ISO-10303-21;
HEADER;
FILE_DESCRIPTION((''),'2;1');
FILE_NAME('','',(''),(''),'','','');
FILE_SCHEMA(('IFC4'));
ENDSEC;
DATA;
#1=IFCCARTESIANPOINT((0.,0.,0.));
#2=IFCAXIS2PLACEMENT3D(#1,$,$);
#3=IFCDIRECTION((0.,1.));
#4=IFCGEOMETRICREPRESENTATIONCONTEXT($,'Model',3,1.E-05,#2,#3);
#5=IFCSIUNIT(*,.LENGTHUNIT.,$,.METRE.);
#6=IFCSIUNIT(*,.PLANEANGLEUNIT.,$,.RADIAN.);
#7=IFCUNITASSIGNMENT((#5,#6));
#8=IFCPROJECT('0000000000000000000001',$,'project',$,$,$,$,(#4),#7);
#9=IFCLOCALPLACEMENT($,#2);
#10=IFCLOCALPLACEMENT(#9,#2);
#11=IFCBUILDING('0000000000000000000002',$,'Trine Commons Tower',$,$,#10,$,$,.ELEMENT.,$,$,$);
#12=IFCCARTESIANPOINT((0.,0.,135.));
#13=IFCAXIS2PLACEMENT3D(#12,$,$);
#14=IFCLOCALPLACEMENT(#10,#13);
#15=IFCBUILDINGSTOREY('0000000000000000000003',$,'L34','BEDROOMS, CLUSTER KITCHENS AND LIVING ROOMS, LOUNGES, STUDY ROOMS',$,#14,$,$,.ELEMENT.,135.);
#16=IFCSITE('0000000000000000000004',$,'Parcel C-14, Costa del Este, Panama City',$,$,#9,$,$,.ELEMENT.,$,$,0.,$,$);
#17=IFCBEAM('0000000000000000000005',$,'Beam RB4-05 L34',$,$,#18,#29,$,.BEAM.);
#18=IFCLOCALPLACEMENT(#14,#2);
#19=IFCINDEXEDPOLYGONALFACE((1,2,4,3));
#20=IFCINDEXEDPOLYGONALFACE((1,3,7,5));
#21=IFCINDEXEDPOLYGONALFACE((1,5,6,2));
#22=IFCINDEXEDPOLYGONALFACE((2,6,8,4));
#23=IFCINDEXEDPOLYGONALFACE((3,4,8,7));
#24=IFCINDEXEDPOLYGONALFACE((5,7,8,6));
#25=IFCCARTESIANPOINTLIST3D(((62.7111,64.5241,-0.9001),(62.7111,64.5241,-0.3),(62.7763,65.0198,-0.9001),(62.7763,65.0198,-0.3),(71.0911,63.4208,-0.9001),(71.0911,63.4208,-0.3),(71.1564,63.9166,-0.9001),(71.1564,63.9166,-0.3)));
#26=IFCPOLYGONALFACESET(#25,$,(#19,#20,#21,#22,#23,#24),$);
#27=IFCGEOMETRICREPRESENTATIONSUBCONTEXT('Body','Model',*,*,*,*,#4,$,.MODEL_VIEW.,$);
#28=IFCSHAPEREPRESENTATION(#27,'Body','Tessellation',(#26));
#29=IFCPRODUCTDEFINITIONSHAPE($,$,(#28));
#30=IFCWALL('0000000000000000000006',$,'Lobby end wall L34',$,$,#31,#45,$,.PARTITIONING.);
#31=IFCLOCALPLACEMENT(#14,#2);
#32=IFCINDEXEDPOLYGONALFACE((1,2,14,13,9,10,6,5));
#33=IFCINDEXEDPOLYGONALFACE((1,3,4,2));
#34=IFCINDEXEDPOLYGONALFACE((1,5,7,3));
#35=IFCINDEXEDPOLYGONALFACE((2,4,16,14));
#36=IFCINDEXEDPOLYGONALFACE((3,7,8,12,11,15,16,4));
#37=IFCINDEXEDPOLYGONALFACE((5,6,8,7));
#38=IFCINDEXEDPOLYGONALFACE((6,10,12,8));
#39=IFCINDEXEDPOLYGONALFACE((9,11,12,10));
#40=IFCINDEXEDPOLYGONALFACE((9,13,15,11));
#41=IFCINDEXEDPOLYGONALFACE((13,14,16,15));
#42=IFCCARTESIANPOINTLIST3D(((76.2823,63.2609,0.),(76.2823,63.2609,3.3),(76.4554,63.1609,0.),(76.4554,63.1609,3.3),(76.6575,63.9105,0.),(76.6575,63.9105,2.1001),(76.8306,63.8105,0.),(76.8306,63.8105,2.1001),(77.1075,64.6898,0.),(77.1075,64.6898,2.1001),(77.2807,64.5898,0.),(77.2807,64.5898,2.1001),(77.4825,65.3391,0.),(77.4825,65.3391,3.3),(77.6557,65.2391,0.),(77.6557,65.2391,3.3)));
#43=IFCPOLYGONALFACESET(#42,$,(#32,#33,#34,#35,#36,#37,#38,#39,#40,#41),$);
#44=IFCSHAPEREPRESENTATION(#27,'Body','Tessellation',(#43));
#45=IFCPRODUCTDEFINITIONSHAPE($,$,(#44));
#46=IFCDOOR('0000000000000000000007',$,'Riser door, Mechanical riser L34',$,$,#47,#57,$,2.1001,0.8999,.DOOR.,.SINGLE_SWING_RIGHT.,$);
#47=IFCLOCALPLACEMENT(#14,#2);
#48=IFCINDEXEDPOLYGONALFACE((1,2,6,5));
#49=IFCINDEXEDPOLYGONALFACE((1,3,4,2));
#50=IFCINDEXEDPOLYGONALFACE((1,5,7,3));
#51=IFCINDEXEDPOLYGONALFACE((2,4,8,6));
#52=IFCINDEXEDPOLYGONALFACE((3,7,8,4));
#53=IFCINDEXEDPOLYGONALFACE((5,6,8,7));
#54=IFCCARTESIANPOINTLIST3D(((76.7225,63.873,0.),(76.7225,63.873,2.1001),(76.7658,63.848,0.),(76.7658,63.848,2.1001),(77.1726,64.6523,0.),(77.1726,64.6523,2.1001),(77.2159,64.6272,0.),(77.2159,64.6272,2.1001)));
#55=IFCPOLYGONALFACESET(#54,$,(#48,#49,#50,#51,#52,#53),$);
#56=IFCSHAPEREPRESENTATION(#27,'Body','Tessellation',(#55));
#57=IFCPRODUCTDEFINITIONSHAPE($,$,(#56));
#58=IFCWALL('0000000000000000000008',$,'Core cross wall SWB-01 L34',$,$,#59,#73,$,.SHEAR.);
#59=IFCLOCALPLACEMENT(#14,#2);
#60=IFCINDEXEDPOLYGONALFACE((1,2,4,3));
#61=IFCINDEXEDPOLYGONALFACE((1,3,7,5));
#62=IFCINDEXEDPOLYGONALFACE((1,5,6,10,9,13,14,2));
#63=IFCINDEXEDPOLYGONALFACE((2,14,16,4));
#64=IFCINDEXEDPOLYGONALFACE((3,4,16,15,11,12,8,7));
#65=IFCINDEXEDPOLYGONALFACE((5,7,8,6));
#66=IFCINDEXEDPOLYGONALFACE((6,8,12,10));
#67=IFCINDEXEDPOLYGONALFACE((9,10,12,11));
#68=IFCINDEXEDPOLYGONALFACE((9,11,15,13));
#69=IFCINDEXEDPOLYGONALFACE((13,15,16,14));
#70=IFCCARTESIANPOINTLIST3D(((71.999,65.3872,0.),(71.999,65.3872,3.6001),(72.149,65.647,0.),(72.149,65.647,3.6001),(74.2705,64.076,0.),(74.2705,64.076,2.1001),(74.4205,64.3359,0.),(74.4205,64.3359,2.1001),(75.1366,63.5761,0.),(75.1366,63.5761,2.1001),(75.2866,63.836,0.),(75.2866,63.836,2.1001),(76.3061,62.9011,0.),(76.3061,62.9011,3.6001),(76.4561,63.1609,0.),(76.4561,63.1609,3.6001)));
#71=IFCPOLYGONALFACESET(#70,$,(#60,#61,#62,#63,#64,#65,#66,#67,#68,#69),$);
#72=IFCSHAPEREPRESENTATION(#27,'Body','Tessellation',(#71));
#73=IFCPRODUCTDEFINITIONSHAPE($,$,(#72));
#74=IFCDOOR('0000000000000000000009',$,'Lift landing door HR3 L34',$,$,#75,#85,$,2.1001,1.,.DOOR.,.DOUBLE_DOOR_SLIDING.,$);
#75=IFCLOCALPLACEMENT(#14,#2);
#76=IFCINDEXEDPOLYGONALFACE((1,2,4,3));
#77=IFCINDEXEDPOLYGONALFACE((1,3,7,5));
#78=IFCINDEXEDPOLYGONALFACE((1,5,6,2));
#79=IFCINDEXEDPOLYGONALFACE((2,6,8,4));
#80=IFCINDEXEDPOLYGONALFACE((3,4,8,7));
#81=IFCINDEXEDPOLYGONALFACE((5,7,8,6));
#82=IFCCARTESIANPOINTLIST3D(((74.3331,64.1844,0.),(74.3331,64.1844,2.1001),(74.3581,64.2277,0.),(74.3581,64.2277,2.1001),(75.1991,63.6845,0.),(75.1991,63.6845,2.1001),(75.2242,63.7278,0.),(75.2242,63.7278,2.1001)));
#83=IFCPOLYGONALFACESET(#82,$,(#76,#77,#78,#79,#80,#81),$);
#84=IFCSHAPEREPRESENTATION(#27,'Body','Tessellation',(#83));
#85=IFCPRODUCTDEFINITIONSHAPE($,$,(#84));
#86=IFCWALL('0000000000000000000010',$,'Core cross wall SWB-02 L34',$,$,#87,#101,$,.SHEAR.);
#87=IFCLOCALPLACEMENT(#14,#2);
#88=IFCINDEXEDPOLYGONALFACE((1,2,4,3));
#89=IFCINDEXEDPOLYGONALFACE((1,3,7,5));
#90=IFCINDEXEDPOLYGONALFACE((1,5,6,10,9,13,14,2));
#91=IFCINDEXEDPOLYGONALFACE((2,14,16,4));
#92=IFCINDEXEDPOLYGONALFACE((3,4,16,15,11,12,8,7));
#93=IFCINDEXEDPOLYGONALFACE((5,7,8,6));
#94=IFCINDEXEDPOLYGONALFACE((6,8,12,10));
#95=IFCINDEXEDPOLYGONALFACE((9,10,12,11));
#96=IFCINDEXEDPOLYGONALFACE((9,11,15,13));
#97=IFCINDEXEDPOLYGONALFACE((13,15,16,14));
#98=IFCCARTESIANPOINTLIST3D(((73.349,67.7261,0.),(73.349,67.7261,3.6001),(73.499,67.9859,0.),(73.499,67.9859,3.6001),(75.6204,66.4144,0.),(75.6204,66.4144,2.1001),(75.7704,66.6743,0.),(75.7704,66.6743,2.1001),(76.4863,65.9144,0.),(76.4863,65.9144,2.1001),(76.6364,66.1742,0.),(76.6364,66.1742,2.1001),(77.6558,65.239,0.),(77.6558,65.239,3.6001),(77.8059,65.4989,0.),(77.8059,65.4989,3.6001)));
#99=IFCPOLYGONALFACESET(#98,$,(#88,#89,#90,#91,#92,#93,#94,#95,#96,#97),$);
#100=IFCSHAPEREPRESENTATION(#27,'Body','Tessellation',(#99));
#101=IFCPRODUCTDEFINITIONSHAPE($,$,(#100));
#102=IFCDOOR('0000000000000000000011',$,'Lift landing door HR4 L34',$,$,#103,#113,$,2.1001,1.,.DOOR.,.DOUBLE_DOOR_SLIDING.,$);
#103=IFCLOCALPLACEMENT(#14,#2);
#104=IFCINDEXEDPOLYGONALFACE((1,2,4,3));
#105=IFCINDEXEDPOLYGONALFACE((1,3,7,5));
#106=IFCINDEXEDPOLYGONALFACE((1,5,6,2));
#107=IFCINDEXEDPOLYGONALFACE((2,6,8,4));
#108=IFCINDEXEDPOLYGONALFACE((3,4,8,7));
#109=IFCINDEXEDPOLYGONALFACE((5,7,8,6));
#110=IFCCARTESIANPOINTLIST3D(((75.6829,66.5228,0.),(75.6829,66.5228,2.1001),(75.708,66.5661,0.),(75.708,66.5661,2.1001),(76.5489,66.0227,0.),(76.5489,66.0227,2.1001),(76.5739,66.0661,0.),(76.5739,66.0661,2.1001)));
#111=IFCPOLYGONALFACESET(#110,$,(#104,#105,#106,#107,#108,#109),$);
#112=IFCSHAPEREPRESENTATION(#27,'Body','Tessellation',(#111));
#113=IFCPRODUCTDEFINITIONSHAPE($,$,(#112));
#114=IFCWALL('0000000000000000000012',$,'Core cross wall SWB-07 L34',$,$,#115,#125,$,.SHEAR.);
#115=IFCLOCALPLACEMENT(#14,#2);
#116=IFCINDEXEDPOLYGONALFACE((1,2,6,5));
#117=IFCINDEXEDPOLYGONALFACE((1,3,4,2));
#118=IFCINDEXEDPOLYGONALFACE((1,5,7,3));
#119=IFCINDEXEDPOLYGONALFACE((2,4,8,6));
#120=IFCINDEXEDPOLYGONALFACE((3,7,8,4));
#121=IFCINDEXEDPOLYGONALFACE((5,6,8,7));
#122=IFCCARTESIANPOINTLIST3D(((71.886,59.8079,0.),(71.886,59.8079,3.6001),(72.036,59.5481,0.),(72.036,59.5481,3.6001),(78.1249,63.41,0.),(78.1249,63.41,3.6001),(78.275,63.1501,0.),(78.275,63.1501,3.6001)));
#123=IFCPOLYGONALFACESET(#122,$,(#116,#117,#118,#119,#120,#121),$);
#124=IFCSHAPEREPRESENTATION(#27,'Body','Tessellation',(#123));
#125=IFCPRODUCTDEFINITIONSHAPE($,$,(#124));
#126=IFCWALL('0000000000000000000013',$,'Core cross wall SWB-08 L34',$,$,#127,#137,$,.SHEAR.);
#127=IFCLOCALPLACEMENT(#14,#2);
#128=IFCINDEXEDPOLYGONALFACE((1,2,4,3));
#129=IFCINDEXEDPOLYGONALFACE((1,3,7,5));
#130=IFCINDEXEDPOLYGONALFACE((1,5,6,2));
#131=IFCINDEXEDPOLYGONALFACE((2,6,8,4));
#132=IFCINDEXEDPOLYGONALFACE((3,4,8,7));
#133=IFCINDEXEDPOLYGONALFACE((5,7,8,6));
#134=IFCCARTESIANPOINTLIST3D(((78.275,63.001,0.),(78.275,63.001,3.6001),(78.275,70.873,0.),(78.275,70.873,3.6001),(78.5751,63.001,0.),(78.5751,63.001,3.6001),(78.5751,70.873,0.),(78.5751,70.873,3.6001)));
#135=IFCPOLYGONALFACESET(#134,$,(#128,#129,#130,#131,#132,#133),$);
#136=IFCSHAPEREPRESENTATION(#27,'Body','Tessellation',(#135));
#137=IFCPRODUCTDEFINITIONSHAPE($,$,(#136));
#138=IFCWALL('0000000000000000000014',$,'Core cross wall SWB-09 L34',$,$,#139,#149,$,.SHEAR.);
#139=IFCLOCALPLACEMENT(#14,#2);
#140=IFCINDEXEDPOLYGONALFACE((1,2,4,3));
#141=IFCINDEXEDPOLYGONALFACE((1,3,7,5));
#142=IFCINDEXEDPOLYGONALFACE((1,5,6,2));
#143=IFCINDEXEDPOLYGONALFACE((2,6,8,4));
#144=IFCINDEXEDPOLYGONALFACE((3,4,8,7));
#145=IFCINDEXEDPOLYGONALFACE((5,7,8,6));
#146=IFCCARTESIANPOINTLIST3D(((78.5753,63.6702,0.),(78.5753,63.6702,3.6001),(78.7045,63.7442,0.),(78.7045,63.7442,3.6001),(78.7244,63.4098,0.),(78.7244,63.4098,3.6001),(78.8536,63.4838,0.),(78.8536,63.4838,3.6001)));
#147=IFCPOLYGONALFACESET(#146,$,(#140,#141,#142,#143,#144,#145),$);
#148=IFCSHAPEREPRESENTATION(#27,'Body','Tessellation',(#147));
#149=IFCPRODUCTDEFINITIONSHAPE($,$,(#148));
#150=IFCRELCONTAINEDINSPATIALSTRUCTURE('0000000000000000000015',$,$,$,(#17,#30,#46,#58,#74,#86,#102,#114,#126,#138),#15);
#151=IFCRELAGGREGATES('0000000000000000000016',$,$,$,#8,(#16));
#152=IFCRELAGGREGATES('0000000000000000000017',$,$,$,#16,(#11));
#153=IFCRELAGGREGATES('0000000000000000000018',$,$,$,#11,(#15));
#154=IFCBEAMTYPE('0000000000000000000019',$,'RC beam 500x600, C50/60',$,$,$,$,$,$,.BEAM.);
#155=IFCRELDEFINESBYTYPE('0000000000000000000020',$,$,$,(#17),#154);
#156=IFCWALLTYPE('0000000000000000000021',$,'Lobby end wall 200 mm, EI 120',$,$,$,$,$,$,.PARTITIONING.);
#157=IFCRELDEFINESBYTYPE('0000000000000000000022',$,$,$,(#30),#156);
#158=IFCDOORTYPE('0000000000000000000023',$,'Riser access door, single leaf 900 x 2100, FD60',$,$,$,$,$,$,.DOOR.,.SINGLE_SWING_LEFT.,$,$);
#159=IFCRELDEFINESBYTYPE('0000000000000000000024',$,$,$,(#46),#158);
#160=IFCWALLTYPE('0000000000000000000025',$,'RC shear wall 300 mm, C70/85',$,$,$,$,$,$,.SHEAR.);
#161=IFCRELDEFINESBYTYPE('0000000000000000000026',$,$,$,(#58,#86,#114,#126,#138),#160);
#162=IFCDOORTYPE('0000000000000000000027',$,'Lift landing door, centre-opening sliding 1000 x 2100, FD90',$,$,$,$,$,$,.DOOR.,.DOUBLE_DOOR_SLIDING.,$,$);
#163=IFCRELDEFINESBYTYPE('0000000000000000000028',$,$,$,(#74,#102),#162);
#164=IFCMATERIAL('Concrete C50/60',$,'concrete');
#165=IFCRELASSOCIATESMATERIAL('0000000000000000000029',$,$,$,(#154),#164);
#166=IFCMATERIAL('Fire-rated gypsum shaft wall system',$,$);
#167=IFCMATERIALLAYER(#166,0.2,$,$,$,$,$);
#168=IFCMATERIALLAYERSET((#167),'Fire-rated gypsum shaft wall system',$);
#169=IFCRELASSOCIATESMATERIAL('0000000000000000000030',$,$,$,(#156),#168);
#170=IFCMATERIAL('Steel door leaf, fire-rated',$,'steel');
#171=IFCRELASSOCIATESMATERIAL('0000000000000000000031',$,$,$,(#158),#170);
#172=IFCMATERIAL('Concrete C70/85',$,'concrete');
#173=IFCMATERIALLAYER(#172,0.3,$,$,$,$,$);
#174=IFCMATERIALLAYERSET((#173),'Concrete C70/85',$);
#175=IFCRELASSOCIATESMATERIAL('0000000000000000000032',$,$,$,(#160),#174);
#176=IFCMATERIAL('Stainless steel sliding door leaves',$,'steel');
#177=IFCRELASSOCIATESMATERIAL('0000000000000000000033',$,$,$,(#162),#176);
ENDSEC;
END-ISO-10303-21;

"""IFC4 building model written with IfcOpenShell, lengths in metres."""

from ifc_helpers import new_model, si_unit, direction, frame, frame_2d, origin, origin_2d, place, context, subcontext, project, spatial, rectangle, extrude, material, layer, layer_set, material_profile, profile_set, type_object, element, fill, save


model = new_model("IFC4")

# Units and contexts
model_context = context("Model", 3, precision=1e-05, world=origin(), true_north=direction((0.0, 1.0)))
body_context = subcontext(model_context, "Body", "Model", "MODEL_VIEW")
ifc_project = project(units=[si_unit("LENGTHUNIT", "METRE"), si_unit("PLANEANGLEUNIT", "RADIAN")], contexts=[model_context])

# Site, building, storey
site_placement = place(None, origin())
site = spatial("IfcSite", under=ifc_project, at=site_placement, Name="Parcel C-14, Costa del Este, Panama City", CompositionType="ELEMENT", RefElevation=0.0)
building_placement = place(site_placement, origin())
building = spatial("IfcBuilding", under=site, at=building_placement, Name="Trine Commons Tower", CompositionType="ELEMENT")
storey_placement = place(building_placement, frame((0.0, 0.0, 135.0)))
storey = spatial("IfcBuildingStorey", under=building, at=storey_placement, Name="L34", Description="BEDROOMS, CLUSTER KITCHENS AND LIVING ROOMS, LOUNGES, STUDY ROOMS", CompositionType="ELEMENT", Elevation=135.0)

# Beam
ifc_material_1 = material(Name="Concrete C50/60", Category="concrete")
ifc_material_profile = material_profile(ifc_material_1, rectangle(XDim=0.5, YDim=0.6001, at=origin_2d()), Name="RC 500x600")
ifc_profile_set = profile_set([ifc_material_profile], Name="Concrete C50/60")
beam_type = type_object("IfcBeamType", Name="RC beam 500x600, C50/60", PredefinedType="BEAM", material=ifc_profile_set)
beam_placement = place(storey_placement, frame((71.1238, 63.6687, -0.6001), z_axis=(-0.991445, 0.130527, 0.0), x_axis=(-0.130527, -0.991445, 0.0)))
element("IfcBeam", 1, at=beam_placement, inside=storey, type_object=beam_type, Name="Beam RB4-05 L34", PredefinedType="BEAM", context=body_context, shape_type="SweptSolid", body=[
    extrude(rectangle(XDim=0.5, YDim=0.6001, at=origin_2d()), origin(), (0.0, 0.0, 1.0), 8.4524),
])

# Walls, openings, doors
ifc_material_2 = material(Name="Fire-rated gypsum shaft wall system")
ifc_layer_1 = layer(ifc_material_2, 0.2)
ifc_layer_set_1 = layer_set([ifc_layer_1], Name="Fire-rated gypsum shaft wall system")
wall_type_1 = type_object("IfcWallType", Name="Lobby end wall 200 mm, EI 120", PredefinedType="PARTITIONING", material=ifc_layer_set_1)
wall_1_placement = place(storey_placement, frame((77.5691, 65.2891, 0.0), z_axis=(0.0, 0.0, 1.0), x_axis=(-0.500122, -0.865955, 0.0)))
wall_1 = element("IfcWall", 2, at=wall_1_placement, inside=storey, type_object=wall_type_1, Name="Lobby end wall L34", PredefinedType="PARTITIONING", context=body_context, shape_type="SweptSolid", body=[
    extrude(rectangle(XDim=2.3999, YDim=0.2, at=frame_2d((1.2, 0.0))), origin(), (0.0, 0.0, 1.0), 3.3),
])
opening_1_placement = place(wall_1_placement, frame((0.7498, 0.0, 0.0)))
opening_1 = element("IfcOpeningElement", 3, at=opening_1_placement, cuts=wall_1, PredefinedType="OPENING", context=body_context, shape_type="SweptSolid", body=[
    extrude(rectangle(XDim=0.8999, YDim=2.1001, at=frame_2d((0.45, 1.05))), frame((0.0, 0.1099, 0.0), z_axis=(0.0, -1.0, 0.0), x_axis=(1.0, 0.0, 0.0)), (0.0, 0.0, 1.0), 0.22),
])
ifc_material_3 = material(Name="Steel door leaf, fire-rated", Category="steel")
door_type_1 = type_object("IfcDoorType", Name="Riser access door, single leaf 900 x 2100, FD60", OperationType="SINGLE_SWING_LEFT", PredefinedType="DOOR", material=ifc_material_3)
door_1_placement = place(opening_1_placement, frame((0.8999, 0.0, 0.0), z_axis=(0.0, 0.0, 1.0), x_axis=(-1.0, 0.0, 0.0)))
door_1 = element("IfcDoor", 4, at=door_1_placement, inside=storey, type_object=door_type_1, Name="Riser door, Mechanical riser L34", OperationType="SINGLE_SWING_RIGHT", OverallHeight=2.1001, OverallWidth=0.8999, PredefinedType="DOOR", context=body_context, shape_type="SweptSolid", body=[
    extrude(rectangle(XDim=0.8999, YDim=2.1001, at=frame_2d((0.45, 1.05))), frame((0.0, 0.0249, 0.0), z_axis=(0.0, -1.0, 0.0), x_axis=(1.0, 0.0, 0.0)), (0.0, 0.0, 1.0), 0.05),
])
fill(opening_1, door_1)
ifc_material_4 = material(Name="Concrete C70/85", Category="concrete")
ifc_layer_2 = layer(ifc_material_4, 0.3)
ifc_layer_set_2 = layer_set([ifc_layer_2], Name="Concrete C70/85")
wall_type_2 = type_object("IfcWallType", Name="RC shear wall 300 mm, C70/85", PredefinedType="SHEAR", material=ifc_layer_set_2)
wall_2_placement = place(storey_placement, frame((76.3811, 63.031, 0.0), z_axis=(0.0, 0.0, 1.0), x_axis=(-0.866081, 0.499904, 0.0)))
wall_2 = element("IfcWall", 5, at=wall_2_placement, inside=storey, type_object=wall_type_2, Name="Core cross wall SWB-01 L34", PredefinedType="SHEAR", context=body_context, shape_type="SweptSolid", body=[
    extrude(rectangle(XDim=4.9731, YDim=0.3, at=frame_2d((2.4866, 0.0))), origin(), (0.0, 0.0, 1.0), 3.6001),
])
opening_2_placement = place(wall_2_placement, frame((1.3503, 0.0, 0.0)))
opening_2 = element("IfcOpeningElement", 6, at=opening_2_placement, cuts=wall_2, PredefinedType="OPENING", context=body_context, shape_type="SweptSolid", body=[
    extrude(rectangle(XDim=1.0, YDim=2.1001, at=frame_2d((0.5, 1.05))), frame((0.0, 0.1599, 0.0), z_axis=(0.0, -1.0, 0.0), x_axis=(1.0, 0.0, 0.0)), (0.0, 0.0, 1.0), 0.3201),
])
ifc_material_5 = material(Name="Stainless steel sliding door leaves", Category="steel")
door_type_2 = type_object("IfcDoorType", Name="Lift landing door, centre-opening sliding 1000 x 2100, FD90", OperationType="DOUBLE_DOOR_SLIDING", PredefinedType="DOOR", material=ifc_material_5)
door_2_placement = place(opening_2_placement, origin())
door_2 = element("IfcDoor", 7, at=door_2_placement, inside=storey, type_object=door_type_2, Name="Lift landing door HR3 L34", OperationType="DOUBLE_DOOR_SLIDING", OverallHeight=2.1001, OverallWidth=1.0, PredefinedType="DOOR", context=body_context, shape_type="SweptSolid", body=[
    extrude(rectangle(XDim=1.0, YDim=2.1001, at=frame_2d((0.5, 1.05))), frame((0.0, 0.0249, 0.0), z_axis=(0.0, -1.0, 0.0), x_axis=(1.0, 0.0, 0.0)), (0.0, 0.0, 1.0), 0.05),
])
fill(opening_2, door_2)
wall_3_placement = place(storey_placement, frame((77.731, 65.3689, 0.0), z_axis=(0.0, 0.0, 1.0), x_axis=(-0.865984, 0.500072, 0.0)))
wall_3 = element("IfcWall", 8, at=wall_3_placement, inside=storey, type_object=wall_type_2, Name="Core cross wall SWB-02 L34", PredefinedType="SHEAR", context=body_context, shape_type="SweptSolid", body=[
    extrude(rectangle(XDim=4.9734, YDim=0.3, at=frame_2d((2.4868, 0.0))), origin(), (0.0, 0.0, 1.0), 3.6001),
])
opening_3_placement = place(wall_3_placement, frame((1.3506, 0.0, 0.0)))
opening_3 = element("IfcOpeningElement", 9, at=opening_3_placement, cuts=wall_3, PredefinedType="OPENING", context=body_context, shape_type="SweptSolid", body=[
    extrude(rectangle(XDim=1.0, YDim=2.1001, at=frame_2d((0.5, 1.05))), frame((0.0, 0.1599, 0.0), z_axis=(0.0, -1.0, 0.0), x_axis=(1.0, 0.0, 0.0)), (0.0, 0.0, 1.0), 0.3201),
])
door_3_placement = place(opening_3_placement, origin())
door_3 = element("IfcDoor", 10, at=door_3_placement, inside=storey, type_object=door_type_2, Name="Lift landing door HR4 L34", OperationType="DOUBLE_DOOR_SLIDING", OverallHeight=2.1001, OverallWidth=1.0, PredefinedType="DOOR", context=body_context, shape_type="SweptSolid", body=[
    extrude(rectangle(XDim=1.0, YDim=2.1001, at=frame_2d((0.5, 1.05))), frame((0.0, 0.0249, 0.0), z_axis=(0.0, -1.0, 0.0), x_axis=(1.0, 0.0, 0.0)), (0.0, 0.0, 1.0), 0.05),
])
fill(opening_3, door_3)

# Walls
wall_4_placement = place(storey_placement, frame((78.2, 63.28, 0.0), z_axis=(0.0, 0.0, 1.0), x_axis=(-0.866028, -0.499995, 0.0)))
element("IfcWall", 11, at=wall_4_placement, inside=storey, type_object=wall_type_2, Name="Core cross wall SWB-07 L34", PredefinedType="SHEAR", context=body_context, shape_type="SweptSolid", body=[
    extrude(rectangle(XDim=7.2041, YDim=0.3, at=frame_2d((3.6021, 0.0))), origin(), (0.0, 0.0, 1.0), 3.6001),
])
wall_5_placement = place(storey_placement, frame((78.425, 63.001, 0.0), z_axis=(0.0, 0.0, 1.0), x_axis=(0.0, 1.0, 0.0)))
element("IfcWall", 12, at=wall_5_placement, inside=storey, type_object=wall_type_2, Name="Core cross wall SWB-08 L34", PredefinedType="SHEAR", context=body_context, shape_type="SweptSolid", body=[
    extrude(rectangle(XDim=7.8721, YDim=0.3, at=frame_2d((3.936, 0.0))), origin(), (0.0, 0.0, 1.0), 3.6001),
])
wall_6_placement = place(storey_placement, frame((78.7791, 63.614, 0.0), z_axis=(0.0, 0.0, 1.0), x_axis=(-0.867738, -0.497022, 0.0)))
element("IfcWall", 13, at=wall_6_placement, inside=storey, type_object=wall_type_2, Name="Core cross wall SWB-09 L34", PredefinedType="SHEAR", context=body_context, shape_type="SweptSolid", body=[
    extrude(rectangle(XDim=0.1489, YDim=0.3, at=frame_2d((0.0745, 0.0))), origin(), (0.0, 0.0, 1.0), 3.6001),
])

save(model, "model.ifc")
